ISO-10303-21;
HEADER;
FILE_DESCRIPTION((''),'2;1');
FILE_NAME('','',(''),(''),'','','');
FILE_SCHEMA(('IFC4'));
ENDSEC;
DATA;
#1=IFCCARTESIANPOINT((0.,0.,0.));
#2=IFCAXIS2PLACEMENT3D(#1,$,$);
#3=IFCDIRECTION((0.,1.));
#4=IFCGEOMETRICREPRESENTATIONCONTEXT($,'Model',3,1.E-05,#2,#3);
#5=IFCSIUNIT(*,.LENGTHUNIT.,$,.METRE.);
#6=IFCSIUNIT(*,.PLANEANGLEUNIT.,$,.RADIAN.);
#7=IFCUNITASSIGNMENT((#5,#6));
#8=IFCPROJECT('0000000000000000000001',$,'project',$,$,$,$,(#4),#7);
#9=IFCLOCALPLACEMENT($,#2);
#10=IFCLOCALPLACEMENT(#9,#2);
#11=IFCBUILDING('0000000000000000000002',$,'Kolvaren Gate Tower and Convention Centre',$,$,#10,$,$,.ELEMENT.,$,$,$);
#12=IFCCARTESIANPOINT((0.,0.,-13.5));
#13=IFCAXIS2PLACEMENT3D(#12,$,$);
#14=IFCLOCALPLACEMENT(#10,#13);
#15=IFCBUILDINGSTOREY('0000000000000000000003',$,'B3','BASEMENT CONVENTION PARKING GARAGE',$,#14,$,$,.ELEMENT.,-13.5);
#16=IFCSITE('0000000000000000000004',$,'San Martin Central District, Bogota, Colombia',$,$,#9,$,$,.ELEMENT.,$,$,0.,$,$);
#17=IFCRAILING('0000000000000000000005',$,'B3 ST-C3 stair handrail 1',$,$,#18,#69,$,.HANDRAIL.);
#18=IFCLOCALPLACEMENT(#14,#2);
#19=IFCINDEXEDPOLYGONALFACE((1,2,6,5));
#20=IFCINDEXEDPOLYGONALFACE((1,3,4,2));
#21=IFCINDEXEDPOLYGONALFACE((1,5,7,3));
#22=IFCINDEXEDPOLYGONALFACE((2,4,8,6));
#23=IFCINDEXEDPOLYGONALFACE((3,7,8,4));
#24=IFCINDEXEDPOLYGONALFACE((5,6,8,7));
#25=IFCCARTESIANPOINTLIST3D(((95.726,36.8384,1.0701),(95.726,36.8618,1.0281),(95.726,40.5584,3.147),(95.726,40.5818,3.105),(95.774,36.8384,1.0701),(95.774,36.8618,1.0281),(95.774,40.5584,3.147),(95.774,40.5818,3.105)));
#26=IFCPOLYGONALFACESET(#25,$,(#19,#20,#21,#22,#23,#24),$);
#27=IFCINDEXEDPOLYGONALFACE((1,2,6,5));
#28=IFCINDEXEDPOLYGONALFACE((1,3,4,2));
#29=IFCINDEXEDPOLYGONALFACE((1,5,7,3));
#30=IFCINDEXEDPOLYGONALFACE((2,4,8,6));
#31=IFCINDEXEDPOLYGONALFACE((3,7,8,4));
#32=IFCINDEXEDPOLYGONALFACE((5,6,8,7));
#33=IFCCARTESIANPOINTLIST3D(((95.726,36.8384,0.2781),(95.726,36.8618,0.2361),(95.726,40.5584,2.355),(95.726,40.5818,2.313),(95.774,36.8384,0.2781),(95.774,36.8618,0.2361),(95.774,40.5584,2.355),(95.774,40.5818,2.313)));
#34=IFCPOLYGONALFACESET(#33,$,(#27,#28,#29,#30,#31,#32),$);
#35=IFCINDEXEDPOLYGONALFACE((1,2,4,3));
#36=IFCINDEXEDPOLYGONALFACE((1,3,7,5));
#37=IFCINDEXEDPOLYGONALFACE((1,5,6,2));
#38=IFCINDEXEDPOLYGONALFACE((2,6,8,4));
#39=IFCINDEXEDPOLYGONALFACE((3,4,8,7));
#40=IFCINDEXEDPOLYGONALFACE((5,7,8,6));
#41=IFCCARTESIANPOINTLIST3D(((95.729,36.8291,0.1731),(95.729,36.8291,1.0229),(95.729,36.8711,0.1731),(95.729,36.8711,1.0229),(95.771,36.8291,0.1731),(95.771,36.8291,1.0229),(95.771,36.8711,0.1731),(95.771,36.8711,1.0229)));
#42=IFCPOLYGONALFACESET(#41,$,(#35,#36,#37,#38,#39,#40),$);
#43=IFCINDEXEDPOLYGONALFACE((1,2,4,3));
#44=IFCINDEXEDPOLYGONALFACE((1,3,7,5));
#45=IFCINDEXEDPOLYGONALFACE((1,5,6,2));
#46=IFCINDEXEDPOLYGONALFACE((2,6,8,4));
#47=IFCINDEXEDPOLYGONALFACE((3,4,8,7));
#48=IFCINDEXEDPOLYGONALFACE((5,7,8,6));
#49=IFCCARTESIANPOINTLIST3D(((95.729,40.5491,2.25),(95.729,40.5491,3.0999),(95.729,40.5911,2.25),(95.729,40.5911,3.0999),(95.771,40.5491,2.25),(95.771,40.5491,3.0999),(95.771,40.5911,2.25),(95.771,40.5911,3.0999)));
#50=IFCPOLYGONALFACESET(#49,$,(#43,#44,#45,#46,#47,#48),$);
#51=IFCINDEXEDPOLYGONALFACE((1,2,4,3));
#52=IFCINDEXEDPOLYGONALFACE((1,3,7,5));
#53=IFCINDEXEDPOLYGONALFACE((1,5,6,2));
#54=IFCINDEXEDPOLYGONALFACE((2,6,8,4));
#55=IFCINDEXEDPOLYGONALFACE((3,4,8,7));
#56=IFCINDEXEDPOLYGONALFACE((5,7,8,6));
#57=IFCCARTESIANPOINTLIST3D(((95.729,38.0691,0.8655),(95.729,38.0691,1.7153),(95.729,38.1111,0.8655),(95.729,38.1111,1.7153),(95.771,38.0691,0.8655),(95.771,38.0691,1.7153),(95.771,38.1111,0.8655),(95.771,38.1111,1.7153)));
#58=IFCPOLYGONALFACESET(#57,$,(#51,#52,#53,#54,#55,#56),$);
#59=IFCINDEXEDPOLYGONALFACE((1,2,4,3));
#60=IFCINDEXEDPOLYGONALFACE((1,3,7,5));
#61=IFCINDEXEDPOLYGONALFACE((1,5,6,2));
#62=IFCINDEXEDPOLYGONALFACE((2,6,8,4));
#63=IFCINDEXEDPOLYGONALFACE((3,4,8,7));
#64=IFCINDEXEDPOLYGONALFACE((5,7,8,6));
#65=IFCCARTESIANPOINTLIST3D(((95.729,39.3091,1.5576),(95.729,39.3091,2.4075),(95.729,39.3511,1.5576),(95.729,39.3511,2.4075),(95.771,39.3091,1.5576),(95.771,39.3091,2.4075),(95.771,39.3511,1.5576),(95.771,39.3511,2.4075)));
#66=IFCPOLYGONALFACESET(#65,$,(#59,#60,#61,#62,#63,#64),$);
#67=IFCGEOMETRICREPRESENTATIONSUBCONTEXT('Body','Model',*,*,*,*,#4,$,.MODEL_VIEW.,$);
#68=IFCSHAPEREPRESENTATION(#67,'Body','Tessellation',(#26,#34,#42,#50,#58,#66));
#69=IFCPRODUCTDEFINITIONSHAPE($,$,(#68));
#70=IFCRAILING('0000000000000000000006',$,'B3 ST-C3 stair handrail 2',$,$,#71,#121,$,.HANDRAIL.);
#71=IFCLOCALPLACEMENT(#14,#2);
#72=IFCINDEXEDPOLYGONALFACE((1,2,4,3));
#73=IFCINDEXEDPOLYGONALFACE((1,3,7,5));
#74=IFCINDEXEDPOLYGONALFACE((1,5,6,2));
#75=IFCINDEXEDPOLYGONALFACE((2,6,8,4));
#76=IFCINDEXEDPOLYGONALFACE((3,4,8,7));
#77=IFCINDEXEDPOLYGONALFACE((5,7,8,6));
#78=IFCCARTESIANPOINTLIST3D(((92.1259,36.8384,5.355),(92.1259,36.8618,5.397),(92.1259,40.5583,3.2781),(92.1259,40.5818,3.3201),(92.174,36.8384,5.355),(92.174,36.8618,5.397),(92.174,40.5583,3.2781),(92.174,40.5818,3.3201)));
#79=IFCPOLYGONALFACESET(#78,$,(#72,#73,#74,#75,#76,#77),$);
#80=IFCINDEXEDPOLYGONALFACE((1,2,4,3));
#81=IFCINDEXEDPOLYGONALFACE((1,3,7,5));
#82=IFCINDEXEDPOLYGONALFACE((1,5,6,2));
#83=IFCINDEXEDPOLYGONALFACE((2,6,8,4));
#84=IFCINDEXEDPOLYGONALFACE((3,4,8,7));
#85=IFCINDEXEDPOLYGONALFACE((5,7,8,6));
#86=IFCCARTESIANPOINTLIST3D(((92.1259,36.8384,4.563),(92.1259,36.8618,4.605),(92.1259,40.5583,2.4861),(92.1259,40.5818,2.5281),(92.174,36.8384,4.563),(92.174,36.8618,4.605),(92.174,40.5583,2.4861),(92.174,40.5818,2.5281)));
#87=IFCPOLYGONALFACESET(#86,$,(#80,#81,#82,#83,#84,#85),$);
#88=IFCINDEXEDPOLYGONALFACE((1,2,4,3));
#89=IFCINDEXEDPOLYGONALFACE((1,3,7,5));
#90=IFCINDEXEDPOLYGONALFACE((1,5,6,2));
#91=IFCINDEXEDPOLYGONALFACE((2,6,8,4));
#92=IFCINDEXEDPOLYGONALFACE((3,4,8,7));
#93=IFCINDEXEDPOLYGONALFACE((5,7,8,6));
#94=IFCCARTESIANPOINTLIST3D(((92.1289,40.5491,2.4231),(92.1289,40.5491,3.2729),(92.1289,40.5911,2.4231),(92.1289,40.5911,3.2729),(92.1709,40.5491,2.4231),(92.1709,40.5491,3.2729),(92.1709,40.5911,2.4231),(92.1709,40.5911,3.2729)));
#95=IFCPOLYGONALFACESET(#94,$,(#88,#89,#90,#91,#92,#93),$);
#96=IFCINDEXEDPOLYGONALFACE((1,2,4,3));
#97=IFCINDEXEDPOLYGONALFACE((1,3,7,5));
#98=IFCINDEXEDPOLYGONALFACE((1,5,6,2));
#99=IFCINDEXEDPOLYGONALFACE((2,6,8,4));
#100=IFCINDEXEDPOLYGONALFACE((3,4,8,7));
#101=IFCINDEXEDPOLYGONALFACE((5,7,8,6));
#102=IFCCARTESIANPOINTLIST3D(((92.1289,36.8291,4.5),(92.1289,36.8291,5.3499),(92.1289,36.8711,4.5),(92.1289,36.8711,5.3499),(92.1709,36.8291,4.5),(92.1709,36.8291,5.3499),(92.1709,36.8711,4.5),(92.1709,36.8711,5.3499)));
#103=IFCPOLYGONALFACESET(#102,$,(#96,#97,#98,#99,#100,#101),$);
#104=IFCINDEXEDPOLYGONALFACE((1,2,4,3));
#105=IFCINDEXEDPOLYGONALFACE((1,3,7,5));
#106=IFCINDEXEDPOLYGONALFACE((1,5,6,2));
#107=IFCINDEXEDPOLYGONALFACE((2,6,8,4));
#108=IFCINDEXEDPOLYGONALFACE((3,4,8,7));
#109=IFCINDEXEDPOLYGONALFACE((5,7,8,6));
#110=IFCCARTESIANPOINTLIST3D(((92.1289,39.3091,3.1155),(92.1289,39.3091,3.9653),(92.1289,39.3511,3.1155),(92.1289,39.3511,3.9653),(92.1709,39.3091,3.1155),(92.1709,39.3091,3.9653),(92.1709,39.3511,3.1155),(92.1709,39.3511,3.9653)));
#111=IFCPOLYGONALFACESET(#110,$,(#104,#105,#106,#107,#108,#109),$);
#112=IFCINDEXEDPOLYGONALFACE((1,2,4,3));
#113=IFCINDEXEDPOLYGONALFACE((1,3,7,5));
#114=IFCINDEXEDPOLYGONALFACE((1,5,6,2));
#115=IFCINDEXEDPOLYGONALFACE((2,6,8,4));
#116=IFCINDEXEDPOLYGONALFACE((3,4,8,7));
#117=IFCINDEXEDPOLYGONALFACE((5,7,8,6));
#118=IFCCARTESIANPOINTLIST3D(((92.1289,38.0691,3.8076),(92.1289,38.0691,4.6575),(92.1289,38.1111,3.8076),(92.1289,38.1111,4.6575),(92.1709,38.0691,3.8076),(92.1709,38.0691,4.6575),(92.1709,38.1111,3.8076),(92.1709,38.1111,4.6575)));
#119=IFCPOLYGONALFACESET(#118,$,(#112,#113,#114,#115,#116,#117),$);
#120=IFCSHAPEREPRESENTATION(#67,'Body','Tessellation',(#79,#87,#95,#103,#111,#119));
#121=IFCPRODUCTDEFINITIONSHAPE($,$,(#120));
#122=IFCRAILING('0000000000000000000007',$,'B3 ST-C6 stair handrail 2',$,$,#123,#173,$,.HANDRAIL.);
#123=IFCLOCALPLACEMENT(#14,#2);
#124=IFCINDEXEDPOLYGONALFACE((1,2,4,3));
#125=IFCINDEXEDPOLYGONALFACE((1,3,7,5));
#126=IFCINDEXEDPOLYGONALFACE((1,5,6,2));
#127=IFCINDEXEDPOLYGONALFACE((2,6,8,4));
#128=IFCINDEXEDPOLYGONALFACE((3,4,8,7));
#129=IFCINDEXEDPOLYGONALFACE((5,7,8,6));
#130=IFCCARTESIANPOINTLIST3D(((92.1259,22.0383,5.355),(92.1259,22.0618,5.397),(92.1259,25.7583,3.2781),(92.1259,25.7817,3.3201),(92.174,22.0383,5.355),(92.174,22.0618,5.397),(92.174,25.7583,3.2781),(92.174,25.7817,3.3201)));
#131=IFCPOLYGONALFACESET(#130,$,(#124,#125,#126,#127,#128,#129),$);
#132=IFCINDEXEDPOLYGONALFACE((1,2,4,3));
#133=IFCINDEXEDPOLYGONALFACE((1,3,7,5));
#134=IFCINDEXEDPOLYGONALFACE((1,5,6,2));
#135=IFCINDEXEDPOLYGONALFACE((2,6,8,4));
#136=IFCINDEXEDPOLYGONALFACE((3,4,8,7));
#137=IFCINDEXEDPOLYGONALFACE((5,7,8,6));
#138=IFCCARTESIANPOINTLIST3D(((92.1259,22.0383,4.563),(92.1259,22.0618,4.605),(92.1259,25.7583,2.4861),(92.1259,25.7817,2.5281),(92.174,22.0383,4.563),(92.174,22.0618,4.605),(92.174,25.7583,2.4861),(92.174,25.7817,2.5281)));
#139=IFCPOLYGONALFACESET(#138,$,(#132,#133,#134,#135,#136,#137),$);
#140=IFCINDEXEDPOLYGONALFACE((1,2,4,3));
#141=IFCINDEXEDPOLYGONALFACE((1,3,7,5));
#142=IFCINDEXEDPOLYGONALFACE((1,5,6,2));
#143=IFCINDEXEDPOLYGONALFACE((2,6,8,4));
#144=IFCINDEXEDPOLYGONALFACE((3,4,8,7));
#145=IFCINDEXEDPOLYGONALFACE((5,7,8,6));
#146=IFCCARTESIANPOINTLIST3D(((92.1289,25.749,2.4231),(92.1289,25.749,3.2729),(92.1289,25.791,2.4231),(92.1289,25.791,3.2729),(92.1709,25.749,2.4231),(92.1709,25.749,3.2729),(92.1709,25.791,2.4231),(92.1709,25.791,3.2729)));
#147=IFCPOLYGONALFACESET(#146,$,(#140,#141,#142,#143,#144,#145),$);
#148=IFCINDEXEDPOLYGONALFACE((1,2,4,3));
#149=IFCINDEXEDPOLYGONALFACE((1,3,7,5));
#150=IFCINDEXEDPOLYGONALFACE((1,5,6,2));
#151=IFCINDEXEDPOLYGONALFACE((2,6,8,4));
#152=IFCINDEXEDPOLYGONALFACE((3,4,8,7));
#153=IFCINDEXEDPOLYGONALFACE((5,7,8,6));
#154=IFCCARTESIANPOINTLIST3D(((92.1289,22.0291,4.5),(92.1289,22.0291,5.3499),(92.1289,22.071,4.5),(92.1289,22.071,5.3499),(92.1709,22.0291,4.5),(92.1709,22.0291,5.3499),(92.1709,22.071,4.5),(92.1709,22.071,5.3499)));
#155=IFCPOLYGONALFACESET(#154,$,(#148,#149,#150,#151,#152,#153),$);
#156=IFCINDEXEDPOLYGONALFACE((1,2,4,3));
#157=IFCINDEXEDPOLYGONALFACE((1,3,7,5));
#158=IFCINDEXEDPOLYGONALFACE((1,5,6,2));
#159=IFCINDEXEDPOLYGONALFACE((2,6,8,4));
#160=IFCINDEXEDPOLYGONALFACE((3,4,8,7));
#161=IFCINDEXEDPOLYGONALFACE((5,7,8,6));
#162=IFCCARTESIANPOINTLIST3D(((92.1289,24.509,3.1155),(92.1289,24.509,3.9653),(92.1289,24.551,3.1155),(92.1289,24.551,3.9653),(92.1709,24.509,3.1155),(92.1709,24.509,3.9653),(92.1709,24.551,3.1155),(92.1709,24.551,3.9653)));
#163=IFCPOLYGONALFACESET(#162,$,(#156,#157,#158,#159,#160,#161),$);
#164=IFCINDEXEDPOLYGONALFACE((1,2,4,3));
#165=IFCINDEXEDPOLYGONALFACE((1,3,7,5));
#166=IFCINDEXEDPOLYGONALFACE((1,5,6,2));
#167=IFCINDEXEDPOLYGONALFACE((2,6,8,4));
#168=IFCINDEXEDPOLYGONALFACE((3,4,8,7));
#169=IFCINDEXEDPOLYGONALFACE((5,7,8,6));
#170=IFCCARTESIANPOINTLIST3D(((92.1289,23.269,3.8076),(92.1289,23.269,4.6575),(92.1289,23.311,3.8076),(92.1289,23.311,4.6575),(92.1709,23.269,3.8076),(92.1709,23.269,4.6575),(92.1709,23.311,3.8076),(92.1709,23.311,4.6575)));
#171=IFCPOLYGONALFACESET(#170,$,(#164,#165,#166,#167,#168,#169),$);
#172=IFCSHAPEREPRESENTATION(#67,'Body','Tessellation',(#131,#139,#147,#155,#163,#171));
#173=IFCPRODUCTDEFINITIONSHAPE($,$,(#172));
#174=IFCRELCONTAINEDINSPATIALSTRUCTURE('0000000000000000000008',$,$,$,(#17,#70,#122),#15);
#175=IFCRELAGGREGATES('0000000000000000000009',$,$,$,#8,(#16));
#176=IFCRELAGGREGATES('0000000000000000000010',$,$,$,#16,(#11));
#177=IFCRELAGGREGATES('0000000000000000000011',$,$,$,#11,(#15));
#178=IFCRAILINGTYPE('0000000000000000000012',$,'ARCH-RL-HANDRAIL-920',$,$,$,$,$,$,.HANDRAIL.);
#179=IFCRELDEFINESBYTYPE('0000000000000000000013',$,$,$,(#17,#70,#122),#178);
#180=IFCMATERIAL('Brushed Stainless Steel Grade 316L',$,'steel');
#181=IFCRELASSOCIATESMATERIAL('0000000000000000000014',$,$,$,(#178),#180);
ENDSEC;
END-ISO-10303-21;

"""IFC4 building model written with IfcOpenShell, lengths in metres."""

from ifc_helpers import new_model, si_unit, direction, frame, origin, origin_2d, place, context, subcontext, project, spatial, rectangle, extrude, material, type_object, element, save


model = new_model("IFC4")

# Units and contexts
model_context = context("Model", 3, precision=1e-05, world=origin(), true_north=direction((0.0, 1.0)))
body_context = subcontext(model_context, "Body", "Model", "MODEL_VIEW")
ifc_project = project(units=[si_unit("LENGTHUNIT", "METRE"), si_unit("PLANEANGLEUNIT", "RADIAN")], contexts=[model_context])

# Site, building, storey
site_placement = place(None, origin())
site = spatial("IfcSite", under=ifc_project, at=site_placement, Name="San Martin Central District, Bogota, Colombia", CompositionType="ELEMENT", RefElevation=0.0)
building_placement = place(site_placement, origin())
building = spatial("IfcBuilding", under=site, at=building_placement, Name="Kolvaren Gate Tower and Convention Centre", CompositionType="ELEMENT")
storey_placement = place(building_placement, frame((0.0, 0.0, -13.5)))
storey = spatial("IfcBuildingStorey", under=building, at=storey_placement, Name="B3", Description="BASEMENT CONVENTION PARKING GARAGE", CompositionType="ELEMENT", Elevation=-13.5)

# Railings
ifc_material_1 = material(Name="Brushed Stainless Steel Grade 316L", Category="steel")
railing_type_1 = type_object("IfcRailingType", Name="ARCH-RL-HANDRAIL-920", PredefinedType="HANDRAIL", material=ifc_material_1)
railing_1_placement = place(storey_placement, frame((95.75, 36.8501, 0.1731)))
element("IfcRailing", 1, at=railing_1_placement, inside=storey, type_object=railing_type_1, Name="B3 ST-C3 stair handrail 1", PredefinedType="HANDRAIL", context=body_context, shape_type="SweptSolid", body=[
    extrude(rectangle(XDim=0.0481, YDim=0.0481, at=origin_2d()), frame((0.0, 0.0, 0.876), z_axis=(0.0, 0.873134, 0.487481), x_axis=(-1.0, 0.0, 0.0)), (0.0, 0.0, 1.0), 4.2605),
    extrude(rectangle(XDim=0.0481, YDim=0.0481, at=origin_2d()), frame((0.0, 0.0, 0.084), z_axis=(0.0, 0.873134, 0.487481), x_axis=(-1.0, 0.0, 0.0)), (0.0, 0.0, 1.0), 4.2605),
    extrude(rectangle(XDim=0.042, YDim=0.042, at=origin_2d()), origin(), (0.0, 0.0, 1.0), 0.8499),
    extrude(rectangle(XDim=0.042, YDim=0.042, at=origin_2d()), frame((0.0, 3.72, 2.0769)), (0.0, 0.0, 1.0), 0.8499),
    extrude(rectangle(XDim=0.042, YDim=0.042, at=origin_2d()), frame((0.0, 1.24, 0.6924)), (0.0, 0.0, 1.0), 0.8499),
    extrude(rectangle(XDim=0.042, YDim=0.042, at=origin_2d()), frame((0.0, 2.48, 1.3845)), (0.0, 0.0, 1.0), 0.8499),
])
for number, where, name in (
    (2, (92.1499, 40.5701, 2.4231), "B3 ST-C3 stair handrail 2"),
    (3, (92.1499, 25.77, 2.4231), "B3 ST-C6 stair handrail 2"),
):
    element("IfcRailing", number, at=place(storey_placement, frame(where)), inside=storey, type_object=railing_type_1, Name=name, PredefinedType="HANDRAIL", context=body_context, shape_type="SweptSolid", body=[
        extrude(rectangle(XDim=0.0481, YDim=0.0481, at=origin_2d()), frame((0.0, 0.0, 0.876), z_axis=(0.0, -0.873134, 0.487481), x_axis=(1.0, 0.0, 0.0)), (0.0, 0.0, 1.0), 4.2605),
        extrude(rectangle(XDim=0.0481, YDim=0.0481, at=origin_2d()), frame((0.0, 0.0, 0.084), z_axis=(0.0, -0.873134, 0.487481), x_axis=(1.0, 0.0, 0.0)), (0.0, 0.0, 1.0), 4.2605),
        extrude(rectangle(XDim=0.042, YDim=0.042, at=origin_2d()), origin(), (0.0, 0.0, 1.0), 0.8499),
        extrude(rectangle(XDim=0.042, YDim=0.042, at=origin_2d()), frame((0.0, -3.72, 2.0769)), (0.0, 0.0, 1.0), 0.8499),
        extrude(rectangle(XDim=0.042, YDim=0.042, at=origin_2d()), frame((0.0, -1.24, 0.6924)), (0.0, 0.0, 1.0), 0.8499),
        extrude(rectangle(XDim=0.042, YDim=0.042, at=origin_2d()), frame((0.0, -2.48, 1.3845)), (0.0, 0.0, 1.0), 0.8499),
    ])

save(model, "model.ifc")
